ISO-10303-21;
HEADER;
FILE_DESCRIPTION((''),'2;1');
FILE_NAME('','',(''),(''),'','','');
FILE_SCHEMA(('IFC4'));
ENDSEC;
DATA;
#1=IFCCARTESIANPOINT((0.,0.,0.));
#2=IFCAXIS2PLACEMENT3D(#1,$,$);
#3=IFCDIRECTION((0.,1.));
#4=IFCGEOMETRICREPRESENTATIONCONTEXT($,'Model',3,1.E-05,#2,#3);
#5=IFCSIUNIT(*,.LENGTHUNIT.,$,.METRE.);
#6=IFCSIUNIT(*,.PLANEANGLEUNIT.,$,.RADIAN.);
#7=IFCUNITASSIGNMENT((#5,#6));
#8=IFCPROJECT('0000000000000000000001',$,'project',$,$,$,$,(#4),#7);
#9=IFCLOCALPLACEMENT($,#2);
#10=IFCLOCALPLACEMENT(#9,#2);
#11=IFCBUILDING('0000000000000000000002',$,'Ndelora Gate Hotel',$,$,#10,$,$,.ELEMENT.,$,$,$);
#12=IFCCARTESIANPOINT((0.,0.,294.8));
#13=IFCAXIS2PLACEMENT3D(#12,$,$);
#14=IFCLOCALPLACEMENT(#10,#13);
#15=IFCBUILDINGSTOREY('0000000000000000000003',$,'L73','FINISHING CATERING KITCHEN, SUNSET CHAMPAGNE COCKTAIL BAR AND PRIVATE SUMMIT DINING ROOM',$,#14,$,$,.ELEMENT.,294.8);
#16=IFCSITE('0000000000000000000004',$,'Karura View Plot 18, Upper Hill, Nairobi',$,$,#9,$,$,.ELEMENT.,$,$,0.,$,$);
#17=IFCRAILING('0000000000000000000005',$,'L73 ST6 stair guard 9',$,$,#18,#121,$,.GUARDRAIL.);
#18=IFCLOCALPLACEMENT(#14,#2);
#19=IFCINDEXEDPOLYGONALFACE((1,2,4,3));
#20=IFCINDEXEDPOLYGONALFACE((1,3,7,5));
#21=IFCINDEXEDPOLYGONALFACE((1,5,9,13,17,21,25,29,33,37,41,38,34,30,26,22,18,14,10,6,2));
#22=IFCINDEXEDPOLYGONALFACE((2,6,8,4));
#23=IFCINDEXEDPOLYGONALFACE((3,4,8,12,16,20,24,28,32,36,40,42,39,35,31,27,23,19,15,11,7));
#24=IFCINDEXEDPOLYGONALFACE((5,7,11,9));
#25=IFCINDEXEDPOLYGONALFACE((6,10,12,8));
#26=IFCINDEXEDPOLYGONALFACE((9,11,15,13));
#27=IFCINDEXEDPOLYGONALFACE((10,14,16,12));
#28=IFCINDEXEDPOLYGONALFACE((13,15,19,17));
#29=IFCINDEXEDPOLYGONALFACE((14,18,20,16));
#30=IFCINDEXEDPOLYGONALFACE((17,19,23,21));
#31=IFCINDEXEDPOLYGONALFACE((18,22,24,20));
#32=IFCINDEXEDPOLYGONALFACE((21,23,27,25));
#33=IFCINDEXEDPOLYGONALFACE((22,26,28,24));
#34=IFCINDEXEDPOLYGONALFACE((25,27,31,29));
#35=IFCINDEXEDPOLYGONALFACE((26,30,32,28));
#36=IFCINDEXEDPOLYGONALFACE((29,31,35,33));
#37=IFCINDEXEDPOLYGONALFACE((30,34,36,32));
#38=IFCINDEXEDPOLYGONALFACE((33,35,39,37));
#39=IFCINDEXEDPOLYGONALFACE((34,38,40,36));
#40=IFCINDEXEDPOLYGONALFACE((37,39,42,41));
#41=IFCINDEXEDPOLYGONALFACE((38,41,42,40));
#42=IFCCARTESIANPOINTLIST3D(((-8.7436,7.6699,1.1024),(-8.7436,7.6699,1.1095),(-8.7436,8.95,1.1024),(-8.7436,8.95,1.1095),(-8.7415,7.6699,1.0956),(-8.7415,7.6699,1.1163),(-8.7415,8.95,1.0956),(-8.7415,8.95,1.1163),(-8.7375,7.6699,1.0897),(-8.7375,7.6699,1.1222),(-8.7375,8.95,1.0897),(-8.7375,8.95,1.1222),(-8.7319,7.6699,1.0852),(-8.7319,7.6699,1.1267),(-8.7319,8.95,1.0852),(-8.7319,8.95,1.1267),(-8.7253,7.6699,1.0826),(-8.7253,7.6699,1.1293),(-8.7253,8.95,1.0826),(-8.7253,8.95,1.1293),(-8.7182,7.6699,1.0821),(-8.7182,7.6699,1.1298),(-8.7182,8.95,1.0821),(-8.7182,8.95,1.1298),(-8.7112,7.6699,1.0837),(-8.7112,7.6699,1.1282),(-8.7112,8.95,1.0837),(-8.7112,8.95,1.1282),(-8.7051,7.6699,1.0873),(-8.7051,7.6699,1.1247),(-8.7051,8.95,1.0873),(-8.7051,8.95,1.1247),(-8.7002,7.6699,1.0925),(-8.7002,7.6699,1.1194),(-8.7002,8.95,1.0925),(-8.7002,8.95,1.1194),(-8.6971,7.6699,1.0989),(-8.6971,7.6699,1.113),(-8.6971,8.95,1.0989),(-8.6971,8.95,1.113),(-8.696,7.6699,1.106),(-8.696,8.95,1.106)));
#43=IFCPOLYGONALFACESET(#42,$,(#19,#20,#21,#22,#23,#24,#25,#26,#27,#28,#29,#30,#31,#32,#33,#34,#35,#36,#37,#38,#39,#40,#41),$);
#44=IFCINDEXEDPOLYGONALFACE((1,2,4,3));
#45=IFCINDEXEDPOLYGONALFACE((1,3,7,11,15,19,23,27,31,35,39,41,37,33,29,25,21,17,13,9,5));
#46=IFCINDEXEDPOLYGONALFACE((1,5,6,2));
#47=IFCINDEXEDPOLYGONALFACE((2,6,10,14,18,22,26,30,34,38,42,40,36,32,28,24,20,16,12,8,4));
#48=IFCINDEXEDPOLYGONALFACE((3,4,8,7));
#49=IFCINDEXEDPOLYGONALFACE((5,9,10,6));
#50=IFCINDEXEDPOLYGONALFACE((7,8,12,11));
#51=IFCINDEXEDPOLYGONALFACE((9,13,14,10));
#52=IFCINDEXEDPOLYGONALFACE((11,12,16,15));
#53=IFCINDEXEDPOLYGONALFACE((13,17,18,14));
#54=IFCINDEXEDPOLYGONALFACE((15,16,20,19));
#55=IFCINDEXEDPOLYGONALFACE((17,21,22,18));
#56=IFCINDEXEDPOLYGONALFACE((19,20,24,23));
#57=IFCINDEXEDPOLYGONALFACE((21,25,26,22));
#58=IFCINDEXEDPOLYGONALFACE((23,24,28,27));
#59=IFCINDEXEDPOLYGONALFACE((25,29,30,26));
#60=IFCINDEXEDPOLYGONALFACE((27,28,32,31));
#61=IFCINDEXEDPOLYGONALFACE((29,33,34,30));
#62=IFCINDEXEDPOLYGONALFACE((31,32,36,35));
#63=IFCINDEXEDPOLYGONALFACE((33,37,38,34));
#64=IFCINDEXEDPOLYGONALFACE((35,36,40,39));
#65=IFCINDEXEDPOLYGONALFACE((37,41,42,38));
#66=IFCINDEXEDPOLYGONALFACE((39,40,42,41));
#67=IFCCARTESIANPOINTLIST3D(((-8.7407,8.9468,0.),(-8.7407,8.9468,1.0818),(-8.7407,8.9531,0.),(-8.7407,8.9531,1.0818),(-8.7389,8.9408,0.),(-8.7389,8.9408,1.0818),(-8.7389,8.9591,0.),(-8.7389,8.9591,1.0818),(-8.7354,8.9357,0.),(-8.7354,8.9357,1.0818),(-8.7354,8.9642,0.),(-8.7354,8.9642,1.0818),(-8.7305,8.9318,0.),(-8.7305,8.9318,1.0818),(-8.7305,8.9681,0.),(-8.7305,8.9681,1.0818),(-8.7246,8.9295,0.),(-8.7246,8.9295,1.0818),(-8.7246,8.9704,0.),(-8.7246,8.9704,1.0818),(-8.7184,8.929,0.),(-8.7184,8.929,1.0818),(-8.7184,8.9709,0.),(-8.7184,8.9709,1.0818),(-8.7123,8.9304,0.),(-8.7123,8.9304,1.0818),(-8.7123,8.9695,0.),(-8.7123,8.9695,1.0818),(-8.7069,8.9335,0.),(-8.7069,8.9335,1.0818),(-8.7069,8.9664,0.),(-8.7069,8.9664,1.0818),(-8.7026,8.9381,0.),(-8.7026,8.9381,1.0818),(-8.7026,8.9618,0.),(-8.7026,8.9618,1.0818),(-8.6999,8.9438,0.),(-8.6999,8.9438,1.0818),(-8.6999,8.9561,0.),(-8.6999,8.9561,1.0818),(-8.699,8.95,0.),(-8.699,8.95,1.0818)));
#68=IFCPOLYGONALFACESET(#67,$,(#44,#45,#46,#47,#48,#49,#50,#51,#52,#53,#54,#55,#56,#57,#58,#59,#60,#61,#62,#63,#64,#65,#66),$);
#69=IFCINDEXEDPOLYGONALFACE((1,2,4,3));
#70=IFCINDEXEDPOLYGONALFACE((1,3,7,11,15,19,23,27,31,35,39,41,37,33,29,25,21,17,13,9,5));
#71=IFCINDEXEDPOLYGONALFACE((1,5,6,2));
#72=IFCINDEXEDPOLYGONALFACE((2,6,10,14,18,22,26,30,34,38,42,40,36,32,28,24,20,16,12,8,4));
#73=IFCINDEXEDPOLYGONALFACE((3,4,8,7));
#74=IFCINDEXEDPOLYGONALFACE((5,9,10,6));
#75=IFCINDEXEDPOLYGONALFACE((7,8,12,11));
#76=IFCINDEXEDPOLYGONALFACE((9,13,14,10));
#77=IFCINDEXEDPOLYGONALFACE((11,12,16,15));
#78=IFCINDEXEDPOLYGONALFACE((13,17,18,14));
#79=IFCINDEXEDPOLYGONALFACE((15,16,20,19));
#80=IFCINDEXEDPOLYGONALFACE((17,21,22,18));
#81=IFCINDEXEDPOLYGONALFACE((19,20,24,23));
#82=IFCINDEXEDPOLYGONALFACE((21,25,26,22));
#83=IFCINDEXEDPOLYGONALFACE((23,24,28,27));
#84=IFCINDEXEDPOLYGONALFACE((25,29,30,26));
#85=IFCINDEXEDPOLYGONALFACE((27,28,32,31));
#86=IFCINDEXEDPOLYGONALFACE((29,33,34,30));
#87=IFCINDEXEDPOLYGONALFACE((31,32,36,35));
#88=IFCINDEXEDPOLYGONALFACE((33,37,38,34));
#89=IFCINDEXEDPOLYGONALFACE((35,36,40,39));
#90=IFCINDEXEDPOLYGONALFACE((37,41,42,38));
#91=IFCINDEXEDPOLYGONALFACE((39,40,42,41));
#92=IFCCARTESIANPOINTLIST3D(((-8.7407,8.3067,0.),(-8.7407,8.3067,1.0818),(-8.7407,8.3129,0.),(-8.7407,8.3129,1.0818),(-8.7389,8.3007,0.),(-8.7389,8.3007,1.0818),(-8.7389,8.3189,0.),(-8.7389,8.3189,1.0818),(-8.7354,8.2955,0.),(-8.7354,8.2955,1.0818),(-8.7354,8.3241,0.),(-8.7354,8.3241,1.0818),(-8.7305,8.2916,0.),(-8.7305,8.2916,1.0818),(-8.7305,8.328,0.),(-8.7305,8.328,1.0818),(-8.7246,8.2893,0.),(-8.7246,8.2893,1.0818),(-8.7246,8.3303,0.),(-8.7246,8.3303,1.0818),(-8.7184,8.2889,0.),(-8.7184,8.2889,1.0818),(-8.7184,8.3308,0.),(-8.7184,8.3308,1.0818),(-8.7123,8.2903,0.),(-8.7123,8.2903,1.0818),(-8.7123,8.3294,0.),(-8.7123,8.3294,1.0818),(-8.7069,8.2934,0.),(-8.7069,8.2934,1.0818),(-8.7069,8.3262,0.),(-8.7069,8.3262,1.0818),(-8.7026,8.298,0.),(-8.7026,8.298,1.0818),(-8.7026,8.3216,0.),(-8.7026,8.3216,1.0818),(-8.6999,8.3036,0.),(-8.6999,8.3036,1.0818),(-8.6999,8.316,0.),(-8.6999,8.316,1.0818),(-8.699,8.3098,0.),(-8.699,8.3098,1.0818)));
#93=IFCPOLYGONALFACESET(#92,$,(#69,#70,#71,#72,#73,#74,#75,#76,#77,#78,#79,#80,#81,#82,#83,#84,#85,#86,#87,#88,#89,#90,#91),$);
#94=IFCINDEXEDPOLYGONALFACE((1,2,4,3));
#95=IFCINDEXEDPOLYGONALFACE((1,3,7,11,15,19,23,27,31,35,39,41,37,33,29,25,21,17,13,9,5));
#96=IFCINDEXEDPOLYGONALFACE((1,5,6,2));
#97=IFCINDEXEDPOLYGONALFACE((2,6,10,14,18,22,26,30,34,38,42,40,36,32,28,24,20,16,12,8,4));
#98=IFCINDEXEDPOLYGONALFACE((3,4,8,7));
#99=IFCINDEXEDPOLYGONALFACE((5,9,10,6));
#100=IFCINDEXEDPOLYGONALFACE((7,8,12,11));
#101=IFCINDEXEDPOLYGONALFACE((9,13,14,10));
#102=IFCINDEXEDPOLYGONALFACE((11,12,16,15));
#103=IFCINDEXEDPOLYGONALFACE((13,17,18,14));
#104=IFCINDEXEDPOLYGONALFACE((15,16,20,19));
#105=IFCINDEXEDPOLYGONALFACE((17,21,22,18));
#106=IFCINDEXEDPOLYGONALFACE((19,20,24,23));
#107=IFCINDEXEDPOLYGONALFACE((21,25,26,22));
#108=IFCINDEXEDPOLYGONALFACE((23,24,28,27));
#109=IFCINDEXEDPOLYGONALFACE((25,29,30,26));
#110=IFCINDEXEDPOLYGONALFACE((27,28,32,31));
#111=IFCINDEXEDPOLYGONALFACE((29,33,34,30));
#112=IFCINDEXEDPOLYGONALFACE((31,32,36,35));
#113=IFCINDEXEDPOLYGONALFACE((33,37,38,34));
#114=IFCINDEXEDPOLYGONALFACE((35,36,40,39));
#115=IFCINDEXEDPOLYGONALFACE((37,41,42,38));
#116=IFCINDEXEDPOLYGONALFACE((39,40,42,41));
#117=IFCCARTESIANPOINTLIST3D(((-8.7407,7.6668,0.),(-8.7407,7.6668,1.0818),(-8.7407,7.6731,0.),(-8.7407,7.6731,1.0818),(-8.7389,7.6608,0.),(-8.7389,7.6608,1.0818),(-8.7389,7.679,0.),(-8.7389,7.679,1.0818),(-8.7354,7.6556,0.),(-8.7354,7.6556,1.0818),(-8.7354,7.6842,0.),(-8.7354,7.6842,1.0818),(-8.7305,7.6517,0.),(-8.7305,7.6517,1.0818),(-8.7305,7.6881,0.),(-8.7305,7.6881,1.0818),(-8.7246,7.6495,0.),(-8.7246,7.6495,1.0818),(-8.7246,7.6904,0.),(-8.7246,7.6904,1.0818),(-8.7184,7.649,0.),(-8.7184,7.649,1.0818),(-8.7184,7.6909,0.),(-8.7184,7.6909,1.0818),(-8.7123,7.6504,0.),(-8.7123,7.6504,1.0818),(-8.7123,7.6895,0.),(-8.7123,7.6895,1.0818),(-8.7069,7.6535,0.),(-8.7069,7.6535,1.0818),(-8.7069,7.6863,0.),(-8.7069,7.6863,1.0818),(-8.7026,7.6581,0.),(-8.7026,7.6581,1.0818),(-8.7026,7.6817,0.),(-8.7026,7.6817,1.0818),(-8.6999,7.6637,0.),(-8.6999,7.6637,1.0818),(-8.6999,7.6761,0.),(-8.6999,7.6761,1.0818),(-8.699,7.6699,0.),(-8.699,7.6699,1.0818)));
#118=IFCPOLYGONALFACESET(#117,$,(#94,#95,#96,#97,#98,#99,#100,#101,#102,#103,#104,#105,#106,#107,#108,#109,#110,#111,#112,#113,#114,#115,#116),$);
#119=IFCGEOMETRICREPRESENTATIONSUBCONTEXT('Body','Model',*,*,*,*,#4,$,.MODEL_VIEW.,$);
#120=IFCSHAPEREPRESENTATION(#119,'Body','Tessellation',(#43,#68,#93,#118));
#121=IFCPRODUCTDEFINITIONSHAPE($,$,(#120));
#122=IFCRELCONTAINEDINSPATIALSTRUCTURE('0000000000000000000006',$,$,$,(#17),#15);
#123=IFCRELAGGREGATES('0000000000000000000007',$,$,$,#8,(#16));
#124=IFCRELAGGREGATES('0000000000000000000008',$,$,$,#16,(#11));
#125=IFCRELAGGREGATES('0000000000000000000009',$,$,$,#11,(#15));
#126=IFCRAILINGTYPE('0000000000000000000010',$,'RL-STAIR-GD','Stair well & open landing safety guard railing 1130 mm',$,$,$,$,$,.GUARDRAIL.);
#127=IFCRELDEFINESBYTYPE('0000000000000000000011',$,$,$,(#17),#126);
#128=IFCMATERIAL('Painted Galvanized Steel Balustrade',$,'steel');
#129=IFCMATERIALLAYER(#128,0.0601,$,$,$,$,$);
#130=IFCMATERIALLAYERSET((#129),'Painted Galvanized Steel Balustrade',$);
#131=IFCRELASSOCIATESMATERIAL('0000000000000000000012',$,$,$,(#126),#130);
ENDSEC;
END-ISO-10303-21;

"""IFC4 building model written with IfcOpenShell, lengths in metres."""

from ifc_helpers import new_model, si_unit, direction, frame, origin, origin_2d, place, context, subcontext, project, spatial, circle, extrude, material, layer, layer_set, type_object, element, save


model = new_model("IFC4")

# Units and contexts
model_context = context("Model", 3, precision=1e-05, world=origin(), true_north=direction((0.0, 1.0)))
body_context = subcontext(model_context, "Body", "Model", "MODEL_VIEW")
ifc_project = project(units=[si_unit("LENGTHUNIT", "METRE"), si_unit("PLANEANGLEUNIT", "RADIAN")], contexts=[model_context])

# Site, building, storey
site_placement = place(None, origin())
site = spatial("IfcSite", under=ifc_project, at=site_placement, Name="Karura View Plot 18, Upper Hill, Nairobi", CompositionType="ELEMENT", RefElevation=0.0)
building_placement = place(site_placement, origin())
building = spatial("IfcBuilding", under=site, at=building_placement, Name="Ndelora Gate Hotel", CompositionType="ELEMENT")
storey_placement = place(building_placement, frame((0.0, 0.0, 294.8)))
storey = spatial("IfcBuildingStorey", under=building, at=storey_placement, Name="L73", Description="FINISHING CATERING KITCHEN, SUNSET CHAMPAGNE COCKTAIL BAR AND PRIVATE SUMMIT DINING ROOM", CompositionType="ELEMENT", Elevation=294.8)

# Railing
ifc_material_1 = material(Name="Painted Galvanized Steel Balustrade", Category="steel")
ifc_layer_1 = layer(ifc_material_1, 0.0601)
ifc_layer_set_1 = layer_set([ifc_layer_1], Name="Painted Galvanized Steel Balustrade")
railing_type_1 = type_object("IfcRailingType", Name="RL-STAIR-GD", Description="Stair well & open landing safety guard railing 1130 mm", PredefinedType="GUARDRAIL", material=ifc_layer_set_1)
for number, where, name in (
    (1, (-8.72, 8.95, 0.0), "L73 ST6 stair guard 9"),
):
    element("IfcRailing", number, at=place(storey_placement, frame(where)), inside=storey, type_object=railing_type_1, Name=name, PredefinedType="GUARDRAIL", context=body_context, shape_type="SweptSolid", body=[
        extrude(circle(Radius=0.0239, at=origin_2d()), frame((0.0, 0.0, 1.106), z_axis=(0.0, -1.0, 0.0), x_axis=(1.0, 0.0, 0.0)), (0.0, 0.0, 1.0), 1.28),
        extrude(circle(Radius=0.021, at=origin_2d()), origin(), (0.0, 0.0, 1.0), 1.0818),
        extrude(circle(Radius=0.021, at=origin_2d()), frame((0.0, -0.6401, 0.0)), (0.0, 0.0, 1.0), 1.0818),
        extrude(circle(Radius=0.021, at=origin_2d()), frame((0.0, -1.28, 0.0)), (0.0, 0.0, 1.0), 1.0818),
    ])

save(model, "model.ifc")
